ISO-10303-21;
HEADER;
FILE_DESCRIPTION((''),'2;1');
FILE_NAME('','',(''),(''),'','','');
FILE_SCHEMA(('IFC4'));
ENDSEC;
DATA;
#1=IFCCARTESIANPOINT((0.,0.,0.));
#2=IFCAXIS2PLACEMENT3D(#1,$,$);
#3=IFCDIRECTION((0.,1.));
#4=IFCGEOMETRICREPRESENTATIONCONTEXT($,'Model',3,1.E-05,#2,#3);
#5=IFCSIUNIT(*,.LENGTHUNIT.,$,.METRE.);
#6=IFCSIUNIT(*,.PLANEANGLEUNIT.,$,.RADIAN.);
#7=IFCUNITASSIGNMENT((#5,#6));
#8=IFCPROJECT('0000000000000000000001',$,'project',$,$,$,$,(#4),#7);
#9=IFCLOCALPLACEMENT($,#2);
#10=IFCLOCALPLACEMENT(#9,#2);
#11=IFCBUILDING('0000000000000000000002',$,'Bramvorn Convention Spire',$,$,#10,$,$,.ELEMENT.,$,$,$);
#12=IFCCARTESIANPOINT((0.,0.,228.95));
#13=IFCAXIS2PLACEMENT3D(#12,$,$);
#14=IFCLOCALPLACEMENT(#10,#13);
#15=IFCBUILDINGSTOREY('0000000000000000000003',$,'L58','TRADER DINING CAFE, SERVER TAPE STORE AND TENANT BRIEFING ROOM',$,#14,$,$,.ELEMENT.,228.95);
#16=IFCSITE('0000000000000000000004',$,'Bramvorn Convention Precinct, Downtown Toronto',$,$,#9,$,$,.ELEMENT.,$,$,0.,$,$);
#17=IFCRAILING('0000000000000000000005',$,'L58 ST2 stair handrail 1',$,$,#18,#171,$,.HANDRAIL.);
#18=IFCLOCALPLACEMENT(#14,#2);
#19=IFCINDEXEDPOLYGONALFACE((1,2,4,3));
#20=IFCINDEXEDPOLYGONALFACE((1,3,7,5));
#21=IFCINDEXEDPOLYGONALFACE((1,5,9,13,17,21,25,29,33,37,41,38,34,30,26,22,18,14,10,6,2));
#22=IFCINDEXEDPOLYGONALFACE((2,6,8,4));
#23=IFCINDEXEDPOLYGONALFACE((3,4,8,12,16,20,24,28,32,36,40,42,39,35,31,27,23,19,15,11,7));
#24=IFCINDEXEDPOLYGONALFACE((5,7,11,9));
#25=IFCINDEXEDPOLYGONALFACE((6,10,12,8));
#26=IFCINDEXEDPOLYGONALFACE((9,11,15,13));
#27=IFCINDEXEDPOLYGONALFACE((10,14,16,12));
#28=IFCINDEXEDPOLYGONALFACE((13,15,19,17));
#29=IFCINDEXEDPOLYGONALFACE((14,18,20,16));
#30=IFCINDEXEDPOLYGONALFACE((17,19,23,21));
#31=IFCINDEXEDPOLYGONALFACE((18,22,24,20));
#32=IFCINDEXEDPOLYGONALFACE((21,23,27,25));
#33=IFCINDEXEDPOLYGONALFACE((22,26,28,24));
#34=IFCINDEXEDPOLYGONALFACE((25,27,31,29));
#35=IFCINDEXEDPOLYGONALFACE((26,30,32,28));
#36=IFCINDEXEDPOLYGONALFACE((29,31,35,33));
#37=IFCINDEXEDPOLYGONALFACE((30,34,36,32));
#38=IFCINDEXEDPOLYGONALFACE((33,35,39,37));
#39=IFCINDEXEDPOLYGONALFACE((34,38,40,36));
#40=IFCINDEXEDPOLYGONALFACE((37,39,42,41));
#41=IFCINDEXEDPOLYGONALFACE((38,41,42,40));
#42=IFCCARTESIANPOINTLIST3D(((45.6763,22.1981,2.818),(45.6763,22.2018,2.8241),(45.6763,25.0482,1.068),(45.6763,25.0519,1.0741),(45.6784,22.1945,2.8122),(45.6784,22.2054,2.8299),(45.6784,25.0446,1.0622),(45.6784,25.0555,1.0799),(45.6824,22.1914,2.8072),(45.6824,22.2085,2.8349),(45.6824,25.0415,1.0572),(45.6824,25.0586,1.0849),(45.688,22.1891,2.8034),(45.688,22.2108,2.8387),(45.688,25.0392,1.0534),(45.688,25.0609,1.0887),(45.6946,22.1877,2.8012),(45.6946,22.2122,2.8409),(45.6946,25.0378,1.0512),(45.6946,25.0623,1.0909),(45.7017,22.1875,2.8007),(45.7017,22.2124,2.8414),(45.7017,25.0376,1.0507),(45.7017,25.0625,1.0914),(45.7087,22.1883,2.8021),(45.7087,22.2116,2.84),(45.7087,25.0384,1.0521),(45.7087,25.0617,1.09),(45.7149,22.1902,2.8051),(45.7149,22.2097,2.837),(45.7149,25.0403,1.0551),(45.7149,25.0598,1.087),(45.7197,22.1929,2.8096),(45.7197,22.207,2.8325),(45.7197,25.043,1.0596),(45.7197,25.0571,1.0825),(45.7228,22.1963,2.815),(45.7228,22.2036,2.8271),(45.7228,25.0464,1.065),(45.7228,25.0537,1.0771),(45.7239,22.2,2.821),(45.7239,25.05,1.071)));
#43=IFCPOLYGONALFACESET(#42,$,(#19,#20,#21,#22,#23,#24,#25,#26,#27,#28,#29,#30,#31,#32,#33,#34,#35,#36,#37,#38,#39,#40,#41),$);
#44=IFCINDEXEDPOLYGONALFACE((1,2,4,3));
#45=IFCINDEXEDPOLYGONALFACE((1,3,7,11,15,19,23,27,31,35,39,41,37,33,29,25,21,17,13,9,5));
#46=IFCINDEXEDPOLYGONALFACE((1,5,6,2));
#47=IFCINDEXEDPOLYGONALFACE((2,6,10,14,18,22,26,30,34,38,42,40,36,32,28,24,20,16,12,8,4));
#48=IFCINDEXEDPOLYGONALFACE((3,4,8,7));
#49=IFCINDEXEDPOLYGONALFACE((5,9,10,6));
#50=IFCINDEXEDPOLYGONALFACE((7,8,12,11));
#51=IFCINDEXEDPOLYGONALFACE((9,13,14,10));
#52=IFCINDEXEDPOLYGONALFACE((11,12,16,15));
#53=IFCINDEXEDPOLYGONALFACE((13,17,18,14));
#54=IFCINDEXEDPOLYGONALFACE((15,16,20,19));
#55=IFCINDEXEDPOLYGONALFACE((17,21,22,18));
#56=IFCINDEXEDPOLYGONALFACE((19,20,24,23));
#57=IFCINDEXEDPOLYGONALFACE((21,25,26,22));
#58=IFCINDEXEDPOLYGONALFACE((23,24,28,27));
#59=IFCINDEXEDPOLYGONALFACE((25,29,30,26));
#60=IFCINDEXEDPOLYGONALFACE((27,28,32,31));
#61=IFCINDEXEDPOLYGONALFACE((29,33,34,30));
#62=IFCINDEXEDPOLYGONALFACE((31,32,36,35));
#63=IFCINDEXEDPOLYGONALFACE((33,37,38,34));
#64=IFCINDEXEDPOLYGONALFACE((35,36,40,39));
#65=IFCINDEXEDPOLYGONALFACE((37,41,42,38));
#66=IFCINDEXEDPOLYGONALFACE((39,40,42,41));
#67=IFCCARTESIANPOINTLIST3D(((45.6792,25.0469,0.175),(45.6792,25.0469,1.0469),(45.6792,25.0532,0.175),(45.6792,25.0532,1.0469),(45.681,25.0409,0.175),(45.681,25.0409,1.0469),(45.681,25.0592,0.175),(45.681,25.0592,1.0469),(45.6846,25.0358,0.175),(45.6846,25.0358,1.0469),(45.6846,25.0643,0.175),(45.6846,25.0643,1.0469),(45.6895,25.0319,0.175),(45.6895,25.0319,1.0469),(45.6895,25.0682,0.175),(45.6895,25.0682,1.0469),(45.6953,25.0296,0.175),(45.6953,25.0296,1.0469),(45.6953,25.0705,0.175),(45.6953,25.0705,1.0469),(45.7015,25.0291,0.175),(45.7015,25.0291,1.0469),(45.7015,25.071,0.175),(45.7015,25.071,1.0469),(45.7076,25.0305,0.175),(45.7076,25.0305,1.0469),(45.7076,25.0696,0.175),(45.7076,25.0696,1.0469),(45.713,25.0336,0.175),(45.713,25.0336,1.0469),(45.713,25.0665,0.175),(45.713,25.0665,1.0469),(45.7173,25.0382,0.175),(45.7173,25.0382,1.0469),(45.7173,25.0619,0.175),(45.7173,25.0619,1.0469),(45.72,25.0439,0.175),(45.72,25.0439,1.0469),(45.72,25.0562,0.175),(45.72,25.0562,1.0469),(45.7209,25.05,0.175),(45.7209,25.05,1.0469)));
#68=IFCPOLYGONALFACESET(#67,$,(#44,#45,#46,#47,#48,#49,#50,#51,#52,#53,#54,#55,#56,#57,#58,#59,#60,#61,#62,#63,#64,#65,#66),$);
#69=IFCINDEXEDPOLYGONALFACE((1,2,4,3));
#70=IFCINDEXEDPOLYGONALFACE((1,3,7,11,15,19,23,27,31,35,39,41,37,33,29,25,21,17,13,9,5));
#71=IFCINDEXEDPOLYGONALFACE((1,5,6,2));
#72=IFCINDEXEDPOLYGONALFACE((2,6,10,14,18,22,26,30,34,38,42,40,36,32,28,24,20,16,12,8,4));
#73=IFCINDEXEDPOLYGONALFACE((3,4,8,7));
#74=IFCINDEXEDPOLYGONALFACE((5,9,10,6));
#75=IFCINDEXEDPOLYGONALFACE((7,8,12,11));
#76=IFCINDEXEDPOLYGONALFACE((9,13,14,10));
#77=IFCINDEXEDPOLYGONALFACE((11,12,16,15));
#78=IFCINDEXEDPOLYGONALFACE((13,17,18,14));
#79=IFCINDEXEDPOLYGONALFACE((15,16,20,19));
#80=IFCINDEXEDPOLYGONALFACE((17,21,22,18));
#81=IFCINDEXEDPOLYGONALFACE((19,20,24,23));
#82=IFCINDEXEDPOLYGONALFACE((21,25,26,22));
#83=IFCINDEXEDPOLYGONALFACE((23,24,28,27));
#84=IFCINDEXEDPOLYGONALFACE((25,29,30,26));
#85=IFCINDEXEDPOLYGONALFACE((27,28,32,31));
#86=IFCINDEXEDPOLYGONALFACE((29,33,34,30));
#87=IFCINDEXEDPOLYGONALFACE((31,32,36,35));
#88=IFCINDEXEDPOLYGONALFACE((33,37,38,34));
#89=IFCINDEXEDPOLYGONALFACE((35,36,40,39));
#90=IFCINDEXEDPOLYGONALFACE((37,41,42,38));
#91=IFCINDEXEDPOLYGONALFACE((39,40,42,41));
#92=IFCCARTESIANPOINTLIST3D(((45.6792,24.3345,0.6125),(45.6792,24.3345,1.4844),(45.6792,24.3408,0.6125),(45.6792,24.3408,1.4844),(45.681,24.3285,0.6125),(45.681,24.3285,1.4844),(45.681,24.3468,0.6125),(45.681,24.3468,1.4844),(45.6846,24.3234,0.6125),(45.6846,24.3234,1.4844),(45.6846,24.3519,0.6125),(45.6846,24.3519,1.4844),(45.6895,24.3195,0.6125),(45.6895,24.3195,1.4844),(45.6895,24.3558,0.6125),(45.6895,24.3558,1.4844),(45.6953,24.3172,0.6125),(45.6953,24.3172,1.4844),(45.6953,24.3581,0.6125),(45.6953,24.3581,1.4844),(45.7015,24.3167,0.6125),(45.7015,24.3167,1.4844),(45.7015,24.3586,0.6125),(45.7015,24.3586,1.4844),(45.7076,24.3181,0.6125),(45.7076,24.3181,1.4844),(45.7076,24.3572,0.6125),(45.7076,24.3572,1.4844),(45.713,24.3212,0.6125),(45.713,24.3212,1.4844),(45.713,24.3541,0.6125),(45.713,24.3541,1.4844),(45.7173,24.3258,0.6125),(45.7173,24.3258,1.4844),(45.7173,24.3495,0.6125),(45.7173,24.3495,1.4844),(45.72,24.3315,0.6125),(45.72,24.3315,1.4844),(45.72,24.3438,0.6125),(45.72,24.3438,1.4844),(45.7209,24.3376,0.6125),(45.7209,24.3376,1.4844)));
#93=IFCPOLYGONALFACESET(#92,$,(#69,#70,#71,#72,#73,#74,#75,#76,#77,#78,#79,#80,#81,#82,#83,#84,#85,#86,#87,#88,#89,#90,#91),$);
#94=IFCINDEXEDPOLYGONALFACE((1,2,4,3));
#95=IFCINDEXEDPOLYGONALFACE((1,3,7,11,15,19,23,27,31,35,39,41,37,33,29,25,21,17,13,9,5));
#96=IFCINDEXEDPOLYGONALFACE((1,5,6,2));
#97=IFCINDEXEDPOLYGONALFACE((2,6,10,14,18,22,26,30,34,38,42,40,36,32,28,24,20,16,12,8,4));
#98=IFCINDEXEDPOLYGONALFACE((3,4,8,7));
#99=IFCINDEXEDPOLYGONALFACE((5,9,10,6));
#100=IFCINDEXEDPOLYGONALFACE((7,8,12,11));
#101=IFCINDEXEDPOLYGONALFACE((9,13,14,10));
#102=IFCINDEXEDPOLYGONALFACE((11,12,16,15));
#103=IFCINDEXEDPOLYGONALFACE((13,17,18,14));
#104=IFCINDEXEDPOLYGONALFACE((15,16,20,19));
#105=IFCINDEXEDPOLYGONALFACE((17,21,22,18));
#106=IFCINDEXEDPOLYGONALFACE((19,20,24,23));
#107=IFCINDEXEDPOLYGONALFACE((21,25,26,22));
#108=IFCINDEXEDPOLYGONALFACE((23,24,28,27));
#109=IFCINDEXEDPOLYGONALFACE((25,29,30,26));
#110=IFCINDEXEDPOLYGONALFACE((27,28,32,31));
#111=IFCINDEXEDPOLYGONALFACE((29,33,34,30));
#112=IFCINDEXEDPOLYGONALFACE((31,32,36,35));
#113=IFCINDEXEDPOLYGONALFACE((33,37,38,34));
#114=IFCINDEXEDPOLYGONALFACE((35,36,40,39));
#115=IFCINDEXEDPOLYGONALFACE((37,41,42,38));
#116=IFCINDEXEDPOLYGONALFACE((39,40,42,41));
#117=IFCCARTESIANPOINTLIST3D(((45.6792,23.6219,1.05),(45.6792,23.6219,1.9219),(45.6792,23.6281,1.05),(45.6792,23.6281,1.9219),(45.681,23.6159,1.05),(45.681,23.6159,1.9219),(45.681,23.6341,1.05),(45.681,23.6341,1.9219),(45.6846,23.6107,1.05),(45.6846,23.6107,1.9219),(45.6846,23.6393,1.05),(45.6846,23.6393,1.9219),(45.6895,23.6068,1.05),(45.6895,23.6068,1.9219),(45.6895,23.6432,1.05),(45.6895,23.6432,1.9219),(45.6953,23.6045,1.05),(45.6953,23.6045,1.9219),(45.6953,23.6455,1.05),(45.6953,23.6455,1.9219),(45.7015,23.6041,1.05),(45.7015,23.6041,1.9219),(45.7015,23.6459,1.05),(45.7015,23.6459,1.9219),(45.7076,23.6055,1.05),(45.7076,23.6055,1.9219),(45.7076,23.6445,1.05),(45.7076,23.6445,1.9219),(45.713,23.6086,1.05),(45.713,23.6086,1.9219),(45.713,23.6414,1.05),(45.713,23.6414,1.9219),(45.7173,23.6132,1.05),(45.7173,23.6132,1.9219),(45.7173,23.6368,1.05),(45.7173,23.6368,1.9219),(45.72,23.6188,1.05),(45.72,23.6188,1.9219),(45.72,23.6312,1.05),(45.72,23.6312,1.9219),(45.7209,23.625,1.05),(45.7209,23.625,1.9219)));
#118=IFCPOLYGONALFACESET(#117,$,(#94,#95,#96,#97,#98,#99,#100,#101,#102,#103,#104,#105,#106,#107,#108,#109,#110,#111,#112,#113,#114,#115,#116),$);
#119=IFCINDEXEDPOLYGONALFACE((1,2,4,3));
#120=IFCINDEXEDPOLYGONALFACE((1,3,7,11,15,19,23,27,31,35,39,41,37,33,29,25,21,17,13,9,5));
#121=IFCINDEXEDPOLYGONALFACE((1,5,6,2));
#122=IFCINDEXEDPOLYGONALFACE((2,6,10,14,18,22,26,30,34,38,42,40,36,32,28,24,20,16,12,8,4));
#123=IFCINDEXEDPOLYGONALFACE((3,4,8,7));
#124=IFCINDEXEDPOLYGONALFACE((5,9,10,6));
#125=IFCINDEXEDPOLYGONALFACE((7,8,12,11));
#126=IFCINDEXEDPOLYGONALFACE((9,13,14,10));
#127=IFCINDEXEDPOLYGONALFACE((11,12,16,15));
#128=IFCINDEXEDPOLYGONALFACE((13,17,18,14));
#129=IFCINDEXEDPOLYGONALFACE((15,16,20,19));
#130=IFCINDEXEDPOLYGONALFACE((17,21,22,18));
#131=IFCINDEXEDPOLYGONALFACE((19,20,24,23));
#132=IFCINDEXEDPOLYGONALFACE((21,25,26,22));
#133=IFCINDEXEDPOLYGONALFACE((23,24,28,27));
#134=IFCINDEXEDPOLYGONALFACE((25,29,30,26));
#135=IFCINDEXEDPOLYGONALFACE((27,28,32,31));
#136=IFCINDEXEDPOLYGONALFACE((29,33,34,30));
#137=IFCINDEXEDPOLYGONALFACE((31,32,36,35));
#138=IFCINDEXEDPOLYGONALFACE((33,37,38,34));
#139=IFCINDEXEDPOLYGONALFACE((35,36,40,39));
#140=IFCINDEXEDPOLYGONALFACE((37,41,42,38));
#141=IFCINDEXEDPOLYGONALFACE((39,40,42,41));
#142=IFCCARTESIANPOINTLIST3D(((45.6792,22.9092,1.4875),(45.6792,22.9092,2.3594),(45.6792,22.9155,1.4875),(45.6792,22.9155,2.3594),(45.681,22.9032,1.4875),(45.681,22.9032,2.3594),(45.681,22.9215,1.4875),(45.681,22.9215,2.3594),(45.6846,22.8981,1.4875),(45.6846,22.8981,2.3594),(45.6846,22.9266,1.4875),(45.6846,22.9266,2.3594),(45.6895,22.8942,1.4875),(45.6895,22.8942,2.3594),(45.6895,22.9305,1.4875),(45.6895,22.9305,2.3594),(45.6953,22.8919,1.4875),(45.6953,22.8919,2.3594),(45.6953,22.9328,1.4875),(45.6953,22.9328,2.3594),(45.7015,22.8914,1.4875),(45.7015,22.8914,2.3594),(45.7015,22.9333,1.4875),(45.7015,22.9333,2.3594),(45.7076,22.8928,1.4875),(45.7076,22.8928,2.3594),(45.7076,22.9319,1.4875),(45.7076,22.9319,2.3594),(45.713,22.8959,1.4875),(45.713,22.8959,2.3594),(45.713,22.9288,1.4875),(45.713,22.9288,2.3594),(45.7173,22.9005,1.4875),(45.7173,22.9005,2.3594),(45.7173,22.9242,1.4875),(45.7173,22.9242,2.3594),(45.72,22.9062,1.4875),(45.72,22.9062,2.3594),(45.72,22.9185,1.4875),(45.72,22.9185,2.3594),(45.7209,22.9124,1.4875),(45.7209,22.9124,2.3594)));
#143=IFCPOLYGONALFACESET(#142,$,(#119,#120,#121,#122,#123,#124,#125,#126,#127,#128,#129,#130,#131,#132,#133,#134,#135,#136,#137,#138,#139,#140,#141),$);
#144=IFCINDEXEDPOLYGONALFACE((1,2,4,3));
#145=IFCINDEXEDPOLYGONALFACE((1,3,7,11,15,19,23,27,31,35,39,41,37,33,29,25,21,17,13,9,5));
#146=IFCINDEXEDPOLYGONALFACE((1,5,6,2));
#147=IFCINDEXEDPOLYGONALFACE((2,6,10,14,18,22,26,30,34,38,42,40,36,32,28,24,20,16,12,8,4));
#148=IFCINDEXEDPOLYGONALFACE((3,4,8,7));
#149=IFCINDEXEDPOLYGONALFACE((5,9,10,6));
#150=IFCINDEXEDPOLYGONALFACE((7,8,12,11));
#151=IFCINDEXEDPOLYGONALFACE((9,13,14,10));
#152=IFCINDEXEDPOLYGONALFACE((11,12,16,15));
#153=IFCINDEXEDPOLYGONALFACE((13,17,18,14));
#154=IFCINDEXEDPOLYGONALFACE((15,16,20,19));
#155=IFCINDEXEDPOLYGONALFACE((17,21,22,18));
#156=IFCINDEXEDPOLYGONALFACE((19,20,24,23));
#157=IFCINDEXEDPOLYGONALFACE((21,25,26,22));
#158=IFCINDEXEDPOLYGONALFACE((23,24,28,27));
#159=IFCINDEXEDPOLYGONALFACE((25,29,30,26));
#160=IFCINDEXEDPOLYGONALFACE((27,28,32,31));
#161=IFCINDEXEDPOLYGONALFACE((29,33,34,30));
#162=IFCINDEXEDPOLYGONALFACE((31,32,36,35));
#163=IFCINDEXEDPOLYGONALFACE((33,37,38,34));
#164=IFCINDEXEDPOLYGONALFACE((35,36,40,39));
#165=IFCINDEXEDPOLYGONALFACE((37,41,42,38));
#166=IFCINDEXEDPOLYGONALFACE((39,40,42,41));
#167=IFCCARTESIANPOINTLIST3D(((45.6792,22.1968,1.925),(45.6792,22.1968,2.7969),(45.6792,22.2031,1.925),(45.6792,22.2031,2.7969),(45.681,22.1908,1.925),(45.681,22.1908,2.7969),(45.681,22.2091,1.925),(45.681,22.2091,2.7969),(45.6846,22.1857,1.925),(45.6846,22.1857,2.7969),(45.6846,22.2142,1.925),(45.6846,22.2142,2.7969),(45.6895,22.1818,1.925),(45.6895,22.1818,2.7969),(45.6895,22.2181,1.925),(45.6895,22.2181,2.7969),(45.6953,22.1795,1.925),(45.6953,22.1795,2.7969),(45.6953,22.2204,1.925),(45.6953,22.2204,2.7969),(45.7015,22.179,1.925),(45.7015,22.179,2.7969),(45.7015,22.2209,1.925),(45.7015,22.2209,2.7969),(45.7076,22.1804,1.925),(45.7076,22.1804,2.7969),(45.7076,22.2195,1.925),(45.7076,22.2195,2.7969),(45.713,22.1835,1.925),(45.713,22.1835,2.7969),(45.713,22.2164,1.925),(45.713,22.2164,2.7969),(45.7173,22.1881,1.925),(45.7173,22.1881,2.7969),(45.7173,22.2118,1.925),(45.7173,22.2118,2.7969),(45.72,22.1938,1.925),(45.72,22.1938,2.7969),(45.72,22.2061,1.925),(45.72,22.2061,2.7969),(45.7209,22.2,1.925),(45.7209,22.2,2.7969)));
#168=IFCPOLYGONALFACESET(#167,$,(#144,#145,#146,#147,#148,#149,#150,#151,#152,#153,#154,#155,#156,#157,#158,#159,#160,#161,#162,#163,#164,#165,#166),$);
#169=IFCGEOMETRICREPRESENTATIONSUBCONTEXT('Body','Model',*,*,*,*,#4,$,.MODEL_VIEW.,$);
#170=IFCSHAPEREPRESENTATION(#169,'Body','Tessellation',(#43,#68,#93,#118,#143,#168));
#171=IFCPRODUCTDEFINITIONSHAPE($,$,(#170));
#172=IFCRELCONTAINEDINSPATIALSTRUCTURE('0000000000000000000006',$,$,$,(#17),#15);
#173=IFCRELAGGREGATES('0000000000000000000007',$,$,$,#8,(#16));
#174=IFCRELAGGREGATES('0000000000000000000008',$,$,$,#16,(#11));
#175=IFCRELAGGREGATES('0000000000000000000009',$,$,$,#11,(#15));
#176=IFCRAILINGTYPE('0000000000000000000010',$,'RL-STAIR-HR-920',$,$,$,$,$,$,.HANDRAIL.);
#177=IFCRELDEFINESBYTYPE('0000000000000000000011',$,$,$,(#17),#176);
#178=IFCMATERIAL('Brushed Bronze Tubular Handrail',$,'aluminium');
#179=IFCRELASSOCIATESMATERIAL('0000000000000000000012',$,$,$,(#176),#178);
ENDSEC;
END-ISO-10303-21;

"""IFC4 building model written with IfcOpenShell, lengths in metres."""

from ifc_helpers import new_model, si_unit, direction, frame, origin, origin_2d, place, context, subcontext, project, spatial, circle, extrude, material, type_object, element, save


model = new_model("IFC4")

# Units and contexts
model_context = context("Model", 3, precision=1e-05, world=origin(), true_north=direction((0.0, 1.0)))
body_context = subcontext(model_context, "Body", "Model", "MODEL_VIEW")
ifc_project = project(units=[si_unit("LENGTHUNIT", "METRE"), si_unit("PLANEANGLEUNIT", "RADIAN")], contexts=[model_context])

# Site, building, storey
site_placement = place(None, origin())
site = spatial("IfcSite", under=ifc_project, at=site_placement, Name="Bramvorn Convention Precinct, Downtown Toronto", CompositionType="ELEMENT", RefElevation=0.0)
building_placement = place(site_placement, origin())
building = spatial("IfcBuilding", under=site, at=building_placement, Name="Bramvorn Convention Spire", CompositionType="ELEMENT")
storey_placement = place(building_placement, frame((0.0, 0.0, 228.95)))
storey = spatial("IfcBuildingStorey", under=building, at=storey_placement, Name="L58", Description="TRADER DINING CAFE, SERVER TAPE STORE AND TENANT BRIEFING ROOM", CompositionType="ELEMENT", Elevation=228.95)

# Railing
ifc_material_1 = material(Name="Brushed Bronze Tubular Handrail", Category="aluminium")
railing_type_1 = type_object("IfcRailingType", Name="RL-STAIR-HR-920", PredefinedType="HANDRAIL", material=ifc_material_1)
railing_1_placement = place(storey_placement, frame((45.7, 25.05, 0.175)))
element("IfcRailing", 1, at=railing_1_placement, inside=storey, type_object=railing_type_1, Name="L58 ST2 stair handrail 1", PredefinedType="HANDRAIL", context=body_context, shape_type="SweptSolid", body=[
    extrude(circle(Radius=0.0239, at=origin_2d()), frame((0.0, 0.0, 0.896), z_axis=(0.0, -0.852179, 0.52325), x_axis=(1.0, 0.0, 0.0)), (0.0, 0.0, 1.0), 3.3445),
    extrude(circle(Radius=0.021, at=origin_2d()), origin(), (0.0, 0.0, 1.0), 0.8718),
    extrude(circle(Radius=0.021, at=origin_2d()), frame((0.0, -0.7124, 0.4375)), (0.0, 0.0, 1.0), 0.8718),
    extrude(circle(Radius=0.021, at=origin_2d()), frame((0.0, -1.425, 0.875)), (0.0, 0.0, 1.0), 0.8718),
    extrude(circle(Radius=0.021, at=origin_2d()), frame((0.0, -2.1377, 1.3125)), (0.0, 0.0, 1.0), 0.8718),
    extrude(circle(Radius=0.021, at=origin_2d()), frame((0.0, -2.8501, 1.75)), (0.0, 0.0, 1.0), 0.8718),
])

save(model, "model.ifc")
